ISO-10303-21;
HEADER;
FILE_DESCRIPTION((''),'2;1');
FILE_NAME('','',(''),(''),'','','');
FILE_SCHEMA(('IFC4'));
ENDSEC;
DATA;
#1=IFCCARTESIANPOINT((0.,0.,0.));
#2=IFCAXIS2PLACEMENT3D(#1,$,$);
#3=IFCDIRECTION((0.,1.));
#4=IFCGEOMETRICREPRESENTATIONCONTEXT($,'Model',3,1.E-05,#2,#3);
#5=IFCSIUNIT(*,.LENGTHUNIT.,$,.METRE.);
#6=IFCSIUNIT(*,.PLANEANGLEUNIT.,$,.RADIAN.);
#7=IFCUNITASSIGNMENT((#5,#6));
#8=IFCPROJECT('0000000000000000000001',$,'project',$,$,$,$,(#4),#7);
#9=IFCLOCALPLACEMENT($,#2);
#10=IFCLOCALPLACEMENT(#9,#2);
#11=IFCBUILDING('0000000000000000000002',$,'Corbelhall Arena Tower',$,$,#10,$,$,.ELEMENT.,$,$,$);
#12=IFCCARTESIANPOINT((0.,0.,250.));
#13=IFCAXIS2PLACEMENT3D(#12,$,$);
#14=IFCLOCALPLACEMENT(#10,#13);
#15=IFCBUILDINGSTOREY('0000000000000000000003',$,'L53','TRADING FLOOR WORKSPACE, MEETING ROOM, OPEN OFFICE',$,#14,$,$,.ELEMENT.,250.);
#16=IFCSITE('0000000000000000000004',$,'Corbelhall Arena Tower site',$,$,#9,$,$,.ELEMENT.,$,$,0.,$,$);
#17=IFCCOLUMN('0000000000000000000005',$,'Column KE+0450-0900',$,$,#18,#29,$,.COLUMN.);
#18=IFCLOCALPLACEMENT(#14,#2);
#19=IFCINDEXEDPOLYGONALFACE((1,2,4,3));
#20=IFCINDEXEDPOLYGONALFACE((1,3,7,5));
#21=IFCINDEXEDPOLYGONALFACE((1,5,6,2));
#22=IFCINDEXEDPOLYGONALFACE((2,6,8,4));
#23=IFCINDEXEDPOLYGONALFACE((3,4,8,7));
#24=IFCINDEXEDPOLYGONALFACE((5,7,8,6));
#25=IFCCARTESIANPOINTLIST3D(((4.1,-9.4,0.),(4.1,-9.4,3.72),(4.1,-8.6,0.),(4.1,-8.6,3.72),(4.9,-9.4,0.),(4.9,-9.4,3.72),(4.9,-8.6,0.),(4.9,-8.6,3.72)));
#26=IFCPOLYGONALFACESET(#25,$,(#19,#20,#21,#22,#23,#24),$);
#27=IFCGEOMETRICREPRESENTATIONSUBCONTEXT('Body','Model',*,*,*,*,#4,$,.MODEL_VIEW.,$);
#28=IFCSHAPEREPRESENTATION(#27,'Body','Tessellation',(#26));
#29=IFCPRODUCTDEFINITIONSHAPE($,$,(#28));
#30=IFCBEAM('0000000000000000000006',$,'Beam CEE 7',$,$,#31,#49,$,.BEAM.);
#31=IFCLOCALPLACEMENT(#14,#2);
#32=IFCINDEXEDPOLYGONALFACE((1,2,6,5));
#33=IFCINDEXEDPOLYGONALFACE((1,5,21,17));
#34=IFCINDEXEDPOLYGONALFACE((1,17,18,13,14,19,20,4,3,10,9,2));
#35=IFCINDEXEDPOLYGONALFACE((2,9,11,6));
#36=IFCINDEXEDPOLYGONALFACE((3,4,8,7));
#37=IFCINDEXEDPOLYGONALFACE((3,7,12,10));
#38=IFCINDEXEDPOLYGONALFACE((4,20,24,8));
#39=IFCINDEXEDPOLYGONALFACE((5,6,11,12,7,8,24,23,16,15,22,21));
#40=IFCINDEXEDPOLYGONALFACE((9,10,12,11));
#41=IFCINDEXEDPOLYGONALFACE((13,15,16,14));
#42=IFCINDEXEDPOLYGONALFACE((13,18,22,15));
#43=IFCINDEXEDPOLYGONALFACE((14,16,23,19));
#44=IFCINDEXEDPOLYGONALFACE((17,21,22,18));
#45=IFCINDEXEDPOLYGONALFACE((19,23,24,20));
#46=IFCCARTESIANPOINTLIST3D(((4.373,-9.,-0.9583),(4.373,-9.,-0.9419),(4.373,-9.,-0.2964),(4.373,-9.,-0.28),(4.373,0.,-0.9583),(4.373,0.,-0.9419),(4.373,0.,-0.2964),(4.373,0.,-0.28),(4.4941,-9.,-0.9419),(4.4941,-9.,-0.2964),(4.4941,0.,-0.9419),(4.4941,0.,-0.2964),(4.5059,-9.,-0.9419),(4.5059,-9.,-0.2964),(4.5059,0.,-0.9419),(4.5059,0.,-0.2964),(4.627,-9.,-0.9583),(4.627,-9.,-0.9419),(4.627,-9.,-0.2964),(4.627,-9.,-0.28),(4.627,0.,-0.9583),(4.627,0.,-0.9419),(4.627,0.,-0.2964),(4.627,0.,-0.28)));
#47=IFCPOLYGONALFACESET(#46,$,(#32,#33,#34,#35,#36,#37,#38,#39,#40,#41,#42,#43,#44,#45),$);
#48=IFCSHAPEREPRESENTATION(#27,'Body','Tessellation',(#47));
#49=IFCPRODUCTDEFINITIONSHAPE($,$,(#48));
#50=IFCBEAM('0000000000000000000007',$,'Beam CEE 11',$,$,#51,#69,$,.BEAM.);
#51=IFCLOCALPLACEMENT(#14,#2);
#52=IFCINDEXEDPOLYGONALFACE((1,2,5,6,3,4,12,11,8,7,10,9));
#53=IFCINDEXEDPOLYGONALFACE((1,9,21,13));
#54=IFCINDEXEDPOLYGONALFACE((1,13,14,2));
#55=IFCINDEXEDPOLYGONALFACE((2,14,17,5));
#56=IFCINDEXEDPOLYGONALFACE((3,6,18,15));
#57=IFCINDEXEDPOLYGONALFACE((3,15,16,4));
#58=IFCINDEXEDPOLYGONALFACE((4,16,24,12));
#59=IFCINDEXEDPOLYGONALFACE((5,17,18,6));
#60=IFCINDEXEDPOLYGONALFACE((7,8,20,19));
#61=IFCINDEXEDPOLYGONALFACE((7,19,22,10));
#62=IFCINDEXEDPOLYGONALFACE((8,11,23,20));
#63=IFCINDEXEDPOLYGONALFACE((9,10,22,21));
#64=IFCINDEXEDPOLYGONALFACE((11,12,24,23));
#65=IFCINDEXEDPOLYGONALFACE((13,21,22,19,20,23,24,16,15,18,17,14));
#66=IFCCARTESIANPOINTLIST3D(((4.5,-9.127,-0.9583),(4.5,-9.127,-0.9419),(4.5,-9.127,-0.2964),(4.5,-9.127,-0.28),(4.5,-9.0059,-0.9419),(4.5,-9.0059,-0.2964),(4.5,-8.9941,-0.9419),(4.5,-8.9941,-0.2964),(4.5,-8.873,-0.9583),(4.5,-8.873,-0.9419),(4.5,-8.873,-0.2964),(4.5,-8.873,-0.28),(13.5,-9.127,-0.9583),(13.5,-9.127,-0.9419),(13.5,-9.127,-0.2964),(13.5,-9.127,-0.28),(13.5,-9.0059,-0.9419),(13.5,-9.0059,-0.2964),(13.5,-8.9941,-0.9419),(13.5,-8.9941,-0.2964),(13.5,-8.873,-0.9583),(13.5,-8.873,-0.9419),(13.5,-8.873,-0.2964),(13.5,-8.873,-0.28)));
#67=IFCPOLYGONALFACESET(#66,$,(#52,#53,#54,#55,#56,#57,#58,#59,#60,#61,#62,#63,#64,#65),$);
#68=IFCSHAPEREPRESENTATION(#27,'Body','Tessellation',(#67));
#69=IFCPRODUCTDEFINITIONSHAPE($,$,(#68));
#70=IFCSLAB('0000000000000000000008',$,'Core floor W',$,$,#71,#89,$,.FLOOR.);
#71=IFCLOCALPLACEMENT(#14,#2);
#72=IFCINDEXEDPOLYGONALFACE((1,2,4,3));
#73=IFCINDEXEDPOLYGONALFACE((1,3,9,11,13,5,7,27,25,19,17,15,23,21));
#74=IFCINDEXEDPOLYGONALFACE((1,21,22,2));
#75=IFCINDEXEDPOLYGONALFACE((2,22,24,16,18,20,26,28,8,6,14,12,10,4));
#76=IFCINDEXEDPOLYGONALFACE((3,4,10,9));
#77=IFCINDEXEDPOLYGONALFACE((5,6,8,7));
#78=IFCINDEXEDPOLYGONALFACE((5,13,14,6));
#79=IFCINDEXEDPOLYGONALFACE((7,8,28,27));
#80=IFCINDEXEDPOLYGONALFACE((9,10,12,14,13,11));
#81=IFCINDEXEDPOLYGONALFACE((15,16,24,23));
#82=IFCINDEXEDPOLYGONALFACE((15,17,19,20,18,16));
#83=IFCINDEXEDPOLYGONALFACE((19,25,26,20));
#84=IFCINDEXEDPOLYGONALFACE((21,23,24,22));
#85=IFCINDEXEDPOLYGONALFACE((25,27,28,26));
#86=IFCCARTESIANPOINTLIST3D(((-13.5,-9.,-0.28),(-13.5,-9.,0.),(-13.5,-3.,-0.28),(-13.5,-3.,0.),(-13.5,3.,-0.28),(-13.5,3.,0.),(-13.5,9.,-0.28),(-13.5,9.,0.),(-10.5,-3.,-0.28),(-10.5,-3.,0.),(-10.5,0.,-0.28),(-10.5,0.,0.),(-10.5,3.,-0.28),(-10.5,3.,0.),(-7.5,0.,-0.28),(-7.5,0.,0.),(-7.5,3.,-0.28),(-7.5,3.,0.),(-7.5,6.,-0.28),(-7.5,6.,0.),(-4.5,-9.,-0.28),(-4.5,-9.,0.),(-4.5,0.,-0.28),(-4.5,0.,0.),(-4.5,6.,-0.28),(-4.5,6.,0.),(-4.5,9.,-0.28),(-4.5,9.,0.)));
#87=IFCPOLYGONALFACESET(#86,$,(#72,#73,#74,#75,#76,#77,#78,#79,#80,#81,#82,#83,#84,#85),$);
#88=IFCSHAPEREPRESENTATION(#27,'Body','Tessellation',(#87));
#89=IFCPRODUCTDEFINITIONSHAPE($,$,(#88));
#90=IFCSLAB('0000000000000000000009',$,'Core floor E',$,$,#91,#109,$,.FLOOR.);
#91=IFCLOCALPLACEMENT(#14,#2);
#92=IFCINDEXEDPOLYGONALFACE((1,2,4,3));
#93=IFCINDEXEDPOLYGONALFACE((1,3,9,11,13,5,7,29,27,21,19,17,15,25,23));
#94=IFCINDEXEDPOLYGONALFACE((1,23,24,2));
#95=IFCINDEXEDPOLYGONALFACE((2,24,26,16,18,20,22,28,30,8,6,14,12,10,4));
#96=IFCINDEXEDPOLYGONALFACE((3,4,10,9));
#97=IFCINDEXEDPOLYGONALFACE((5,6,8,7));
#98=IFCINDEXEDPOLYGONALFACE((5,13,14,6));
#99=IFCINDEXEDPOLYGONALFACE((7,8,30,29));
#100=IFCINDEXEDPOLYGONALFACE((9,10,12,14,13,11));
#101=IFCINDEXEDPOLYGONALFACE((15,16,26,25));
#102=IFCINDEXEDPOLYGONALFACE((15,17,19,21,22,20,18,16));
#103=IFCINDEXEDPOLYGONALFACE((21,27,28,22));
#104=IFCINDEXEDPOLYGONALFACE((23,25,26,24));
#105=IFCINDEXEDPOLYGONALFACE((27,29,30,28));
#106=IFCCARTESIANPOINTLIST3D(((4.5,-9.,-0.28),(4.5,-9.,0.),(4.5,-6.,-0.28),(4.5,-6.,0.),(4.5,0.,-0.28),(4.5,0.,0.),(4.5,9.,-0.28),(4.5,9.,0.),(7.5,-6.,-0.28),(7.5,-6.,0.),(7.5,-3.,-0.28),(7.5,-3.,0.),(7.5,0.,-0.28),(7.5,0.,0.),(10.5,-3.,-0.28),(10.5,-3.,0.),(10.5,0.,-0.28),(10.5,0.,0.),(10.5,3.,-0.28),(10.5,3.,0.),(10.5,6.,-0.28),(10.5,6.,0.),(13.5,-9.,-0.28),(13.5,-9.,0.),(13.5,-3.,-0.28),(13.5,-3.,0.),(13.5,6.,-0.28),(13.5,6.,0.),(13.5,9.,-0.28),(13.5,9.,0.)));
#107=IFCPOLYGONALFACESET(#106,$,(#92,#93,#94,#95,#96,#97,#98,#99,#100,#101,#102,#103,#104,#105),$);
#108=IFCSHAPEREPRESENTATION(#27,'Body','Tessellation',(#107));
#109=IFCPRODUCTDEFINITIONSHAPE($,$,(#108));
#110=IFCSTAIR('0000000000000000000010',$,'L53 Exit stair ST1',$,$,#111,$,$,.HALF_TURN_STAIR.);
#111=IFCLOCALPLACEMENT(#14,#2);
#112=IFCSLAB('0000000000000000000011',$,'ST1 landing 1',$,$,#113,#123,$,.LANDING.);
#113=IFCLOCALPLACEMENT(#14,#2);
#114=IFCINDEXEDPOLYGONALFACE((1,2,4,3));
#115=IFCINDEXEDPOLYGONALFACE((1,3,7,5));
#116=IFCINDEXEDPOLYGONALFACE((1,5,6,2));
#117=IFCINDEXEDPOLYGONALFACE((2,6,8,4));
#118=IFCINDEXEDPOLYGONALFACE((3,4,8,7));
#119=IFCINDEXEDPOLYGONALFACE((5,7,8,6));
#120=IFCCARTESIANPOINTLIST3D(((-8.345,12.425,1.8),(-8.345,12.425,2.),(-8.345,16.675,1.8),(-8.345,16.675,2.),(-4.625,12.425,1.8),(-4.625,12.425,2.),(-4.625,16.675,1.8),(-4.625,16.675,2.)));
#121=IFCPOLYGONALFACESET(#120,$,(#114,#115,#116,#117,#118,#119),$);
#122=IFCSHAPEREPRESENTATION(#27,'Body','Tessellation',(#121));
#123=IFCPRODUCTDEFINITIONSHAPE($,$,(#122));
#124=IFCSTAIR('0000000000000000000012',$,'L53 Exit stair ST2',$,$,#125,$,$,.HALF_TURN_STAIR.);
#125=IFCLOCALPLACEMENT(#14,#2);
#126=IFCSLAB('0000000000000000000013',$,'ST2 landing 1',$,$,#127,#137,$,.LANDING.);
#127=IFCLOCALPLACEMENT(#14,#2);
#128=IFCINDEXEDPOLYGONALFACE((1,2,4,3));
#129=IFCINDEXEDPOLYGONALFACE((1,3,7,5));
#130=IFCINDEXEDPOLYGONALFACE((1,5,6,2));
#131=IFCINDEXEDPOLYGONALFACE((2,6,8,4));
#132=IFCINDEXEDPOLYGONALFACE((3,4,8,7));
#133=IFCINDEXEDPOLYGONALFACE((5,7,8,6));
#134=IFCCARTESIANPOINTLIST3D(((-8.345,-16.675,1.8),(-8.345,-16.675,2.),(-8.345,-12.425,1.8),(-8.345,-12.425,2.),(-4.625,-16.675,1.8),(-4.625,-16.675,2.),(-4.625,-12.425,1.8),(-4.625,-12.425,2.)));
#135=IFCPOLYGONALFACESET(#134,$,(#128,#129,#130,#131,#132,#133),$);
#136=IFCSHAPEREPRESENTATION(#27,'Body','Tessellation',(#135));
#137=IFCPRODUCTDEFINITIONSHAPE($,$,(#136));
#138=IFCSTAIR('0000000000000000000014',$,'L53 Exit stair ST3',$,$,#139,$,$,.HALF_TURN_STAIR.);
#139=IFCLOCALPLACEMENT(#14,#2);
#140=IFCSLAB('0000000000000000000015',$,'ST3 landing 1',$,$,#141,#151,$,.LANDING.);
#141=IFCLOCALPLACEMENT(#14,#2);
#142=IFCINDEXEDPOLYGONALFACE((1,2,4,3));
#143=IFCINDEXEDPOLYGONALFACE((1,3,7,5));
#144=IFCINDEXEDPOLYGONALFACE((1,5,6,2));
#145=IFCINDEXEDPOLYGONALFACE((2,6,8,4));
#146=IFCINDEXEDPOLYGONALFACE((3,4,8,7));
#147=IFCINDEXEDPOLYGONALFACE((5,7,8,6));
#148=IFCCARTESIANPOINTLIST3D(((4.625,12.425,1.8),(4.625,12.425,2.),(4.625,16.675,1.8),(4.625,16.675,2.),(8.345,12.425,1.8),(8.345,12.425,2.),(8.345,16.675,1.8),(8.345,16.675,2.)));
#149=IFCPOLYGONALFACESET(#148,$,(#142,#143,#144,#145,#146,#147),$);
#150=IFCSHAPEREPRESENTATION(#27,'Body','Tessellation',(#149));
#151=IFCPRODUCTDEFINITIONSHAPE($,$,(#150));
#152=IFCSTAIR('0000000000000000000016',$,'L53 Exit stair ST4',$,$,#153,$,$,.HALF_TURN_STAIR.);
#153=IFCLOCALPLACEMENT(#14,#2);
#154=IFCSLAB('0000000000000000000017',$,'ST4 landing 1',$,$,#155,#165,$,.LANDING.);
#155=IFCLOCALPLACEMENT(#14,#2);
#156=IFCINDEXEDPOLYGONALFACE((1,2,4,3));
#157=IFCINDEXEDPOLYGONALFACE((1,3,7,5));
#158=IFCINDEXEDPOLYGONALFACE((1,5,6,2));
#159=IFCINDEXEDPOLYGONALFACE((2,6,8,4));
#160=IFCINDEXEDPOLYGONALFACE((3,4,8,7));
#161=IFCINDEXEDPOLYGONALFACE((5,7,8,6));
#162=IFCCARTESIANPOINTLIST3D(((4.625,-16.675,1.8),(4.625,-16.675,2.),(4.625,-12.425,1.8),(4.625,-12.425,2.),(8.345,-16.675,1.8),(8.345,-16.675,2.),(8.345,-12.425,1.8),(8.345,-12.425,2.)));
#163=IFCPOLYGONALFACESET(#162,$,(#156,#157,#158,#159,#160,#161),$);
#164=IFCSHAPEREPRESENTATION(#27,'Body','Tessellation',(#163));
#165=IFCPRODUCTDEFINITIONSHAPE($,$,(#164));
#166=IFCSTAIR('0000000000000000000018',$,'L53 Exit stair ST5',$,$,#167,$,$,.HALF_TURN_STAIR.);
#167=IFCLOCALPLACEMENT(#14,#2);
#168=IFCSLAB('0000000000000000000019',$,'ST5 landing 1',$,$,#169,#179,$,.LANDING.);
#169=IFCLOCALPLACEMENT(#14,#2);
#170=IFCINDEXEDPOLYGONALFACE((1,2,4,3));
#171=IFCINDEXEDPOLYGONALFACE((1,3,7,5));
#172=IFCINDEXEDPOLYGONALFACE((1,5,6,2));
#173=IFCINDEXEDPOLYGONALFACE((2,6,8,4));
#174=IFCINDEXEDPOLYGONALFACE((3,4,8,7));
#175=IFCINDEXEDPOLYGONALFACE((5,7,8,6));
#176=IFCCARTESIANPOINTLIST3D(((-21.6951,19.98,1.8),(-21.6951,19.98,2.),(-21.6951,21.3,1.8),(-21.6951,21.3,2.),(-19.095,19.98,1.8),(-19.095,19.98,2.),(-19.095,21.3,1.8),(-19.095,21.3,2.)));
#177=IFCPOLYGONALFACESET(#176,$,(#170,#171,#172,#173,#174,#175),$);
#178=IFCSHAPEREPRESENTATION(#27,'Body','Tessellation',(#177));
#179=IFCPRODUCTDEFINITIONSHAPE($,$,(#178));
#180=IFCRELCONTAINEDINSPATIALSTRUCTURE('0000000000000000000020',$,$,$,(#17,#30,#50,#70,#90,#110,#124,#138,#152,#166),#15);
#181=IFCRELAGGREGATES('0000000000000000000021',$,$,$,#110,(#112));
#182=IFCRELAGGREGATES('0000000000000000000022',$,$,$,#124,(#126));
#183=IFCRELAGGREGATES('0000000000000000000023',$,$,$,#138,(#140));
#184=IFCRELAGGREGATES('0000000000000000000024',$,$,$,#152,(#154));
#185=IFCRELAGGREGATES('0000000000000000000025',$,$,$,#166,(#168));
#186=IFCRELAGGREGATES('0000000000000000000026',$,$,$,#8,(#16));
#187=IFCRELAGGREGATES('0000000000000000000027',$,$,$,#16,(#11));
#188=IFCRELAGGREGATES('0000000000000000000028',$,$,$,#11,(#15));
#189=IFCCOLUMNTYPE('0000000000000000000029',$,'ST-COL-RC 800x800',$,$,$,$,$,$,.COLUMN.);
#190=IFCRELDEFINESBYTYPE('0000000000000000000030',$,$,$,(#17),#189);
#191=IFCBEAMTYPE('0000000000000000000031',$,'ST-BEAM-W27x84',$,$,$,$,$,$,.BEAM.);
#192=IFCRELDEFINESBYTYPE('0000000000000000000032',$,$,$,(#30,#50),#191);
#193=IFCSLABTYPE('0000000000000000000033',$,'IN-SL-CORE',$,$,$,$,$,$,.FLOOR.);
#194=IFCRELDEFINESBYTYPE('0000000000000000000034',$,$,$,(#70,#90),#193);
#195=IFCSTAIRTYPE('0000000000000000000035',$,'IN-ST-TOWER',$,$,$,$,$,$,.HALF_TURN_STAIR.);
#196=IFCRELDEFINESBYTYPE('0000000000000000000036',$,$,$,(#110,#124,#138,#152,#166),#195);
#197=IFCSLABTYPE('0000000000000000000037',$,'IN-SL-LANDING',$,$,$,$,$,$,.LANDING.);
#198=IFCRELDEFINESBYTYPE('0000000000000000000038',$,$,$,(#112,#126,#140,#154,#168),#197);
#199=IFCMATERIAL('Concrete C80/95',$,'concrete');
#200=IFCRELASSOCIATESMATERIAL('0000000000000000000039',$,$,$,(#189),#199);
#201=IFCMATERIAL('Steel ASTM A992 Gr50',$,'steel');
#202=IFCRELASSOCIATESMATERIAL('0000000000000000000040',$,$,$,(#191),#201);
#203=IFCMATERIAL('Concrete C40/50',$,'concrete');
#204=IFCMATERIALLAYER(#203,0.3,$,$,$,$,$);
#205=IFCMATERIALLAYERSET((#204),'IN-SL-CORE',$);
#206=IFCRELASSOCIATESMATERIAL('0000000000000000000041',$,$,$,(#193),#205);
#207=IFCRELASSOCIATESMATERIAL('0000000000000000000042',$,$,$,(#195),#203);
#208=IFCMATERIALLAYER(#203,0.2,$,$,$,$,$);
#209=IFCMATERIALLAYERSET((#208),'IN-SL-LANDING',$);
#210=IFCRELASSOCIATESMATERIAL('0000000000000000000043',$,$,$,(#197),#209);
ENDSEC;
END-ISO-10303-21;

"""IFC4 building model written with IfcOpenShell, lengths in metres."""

from ifc_helpers import new_model, si_unit, direction, frame, origin, origin_2d, place, context, subcontext, project, spatial, polyline, rectangle, i_section, outline, extrude, material, layer, layer_set, material_profile, profile_set, type_object, element, aggregate, save


model = new_model("IFC4")

# Units and contexts
model_context = context("Model", 3, precision=1e-05, world=origin(), true_north=direction((0.0, 1.0)))
body_context = subcontext(model_context, "Body", "Model", "MODEL_VIEW")
ifc_project = project(units=[si_unit("LENGTHUNIT", "METRE"), si_unit("PLANEANGLEUNIT", "RADIAN")], contexts=[model_context])

# Site, building, storey
site_placement = place(None, origin())
site = spatial("IfcSite", under=ifc_project, at=site_placement, Name="Corbelhall Arena Tower site", CompositionType="ELEMENT", RefElevation=0.0)
building_placement = place(site_placement, origin())
building = spatial("IfcBuilding", under=site, at=building_placement, Name="Corbelhall Arena Tower", CompositionType="ELEMENT")
storey_placement = place(building_placement, frame((0.0, 0.0, 250.0)))
storey = spatial("IfcBuildingStorey", under=building, at=storey_placement, Name="L53", Description="TRADING FLOOR WORKSPACE, MEETING ROOM, OPEN OFFICE", CompositionType="ELEMENT", Elevation=250.0)

# Column
ifc_material_1 = material(Name="Concrete C80/95", Category="concrete")
ifc_material_profile_1 = material_profile(ifc_material_1, rectangle(XDim=0.8, YDim=0.8, at=origin_2d()))
ifc_profile_set_1 = profile_set([ifc_material_profile_1], Name="Concrete C80/95")
column_type = type_object("IfcColumnType", Name="ST-COL-RC 800x800", PredefinedType="COLUMN", material=ifc_profile_set_1)
column_placement = place(storey_placement, frame((4.5, -9.0, 0.0), z_axis=(0.0, 0.0, 1.0), x_axis=(1.0, 0.0, 0.0)))
element("IfcColumn", 1, at=column_placement, inside=storey, type_object=column_type, Name="Column KE+0450-0900", PredefinedType="COLUMN", context=body_context, shape_type="SweptSolid", body=[
    extrude(rectangle(XDim=0.8, YDim=0.8, at=origin_2d()), origin(), (0.0, 0.0, 1.0), 3.72),
])

# Beams
ifc_material_2 = material(Name="Steel ASTM A992 Gr50", Category="steel")
ifc_material_profile_2 = material_profile(ifc_material_2, i_section(OverallWidth=0.2539, OverallDepth=0.6782, WebThickness=0.0117, FlangeThickness=0.0164, at=origin_2d()))
ifc_profile_set_2 = profile_set([ifc_material_profile_2], Name="Steel ASTM A992 Gr50")
beam_type = type_object("IfcBeamType", Name="ST-BEAM-W27x84", PredefinedType="BEAM", material=ifc_profile_set_2)
for number, where, z_axis, x_axis, name in (
    (2, (4.5, -9.0, -0.6191), (0.0, 1.0, 0.0), (-1.0, 0.0, 0.0), "Beam CEE 7"),
    (3, (4.5, -9.0, -0.6191), (1.0, 0.0, 0.0), (0.0, 1.0, 0.0), "Beam CEE 11"),
):
    element("IfcBeam", number, at=place(storey_placement, frame(where, z_axis=z_axis, x_axis=x_axis)), inside=storey, type_object=beam_type, Name=name, PredefinedType="BEAM", context=body_context, shape_type="SweptSolid", body=[
        extrude(i_section(OverallWidth=0.2539, OverallDepth=0.6782, WebThickness=0.0117, FlangeThickness=0.0164, at=origin_2d()), origin(), (0.0, 0.0, 1.0), 9.0),
    ])

# Slabs
ifc_material_3 = material(Name="Concrete C40/50", Category="concrete")
ifc_layer_1 = layer(ifc_material_3, 0.3)
ifc_layer_set_1 = layer_set([ifc_layer_1], Name="IN-SL-CORE")
slab_type_1 = type_object("IfcSlabType", Name="IN-SL-CORE", PredefinedType="FLOOR", material=ifc_layer_set_1)
slab_1_placement = place(storey_placement, frame((0.0, 0.0, -0.28)))
element("IfcSlab", 4, at=slab_1_placement, inside=storey, type_object=slab_type_1, Name="Core floor W", PredefinedType="FLOOR", context=body_context, shape_type="SweptSolid", body=[
    extrude(outline(polyline([(-10.5, -3.0), (-13.5, -3.0), (-13.5, -9.0), (-4.5, -9.0), (-4.5, 0.0), (-7.5, 0.0), (-7.5, 3.0), (-7.5, 6.0), (-4.5, 6.0), (-4.5, 9.0), (-13.5, 9.0), (-13.5, 3.0), (-10.5, 3.0), (-10.5, 0.0), (-10.5, -3.0)])), origin(), (0.0, 0.0, 1.0), 0.28),
])
slab_2_placement = place(storey_placement, frame((0.0, 0.0, -0.28)))
element("IfcSlab", 5, at=slab_2_placement, inside=storey, type_object=slab_type_1, Name="Core floor E", PredefinedType="FLOOR", context=body_context, shape_type="SweptSolid", body=[
    extrude(outline(polyline([(13.5, -3.0), (10.5, -3.0), (10.5, 0.0), (10.5, 3.0), (10.5, 6.0), (13.5, 6.0), (13.5, 9.0), (4.5, 9.0), (4.5, 0.0), (7.5, 0.0), (7.5, -3.0), (7.5, -6.0), (4.5, -6.0), (4.5, -9.0), (13.5, -9.0), (13.5, -3.0)])), origin(), (0.0, 0.0, 1.0), 0.28),
])

# Stairs, slabs
stair_type = type_object("IfcStairType", Name="IN-ST-TOWER", PredefinedType="HALF_TURN_STAIR", material=ifc_material_3)
stair_1_placement = place(storey_placement, origin())
stair_1 = element("IfcStair", 6, at=stair_1_placement, inside=storey, type_object=stair_type, Name="L53 Exit stair ST1", PredefinedType="HALF_TURN_STAIR")
ifc_layer_2 = layer(ifc_material_3, 0.2)
ifc_layer_set_2 = layer_set([ifc_layer_2], Name="IN-SL-LANDING")
slab_type_2 = type_object("IfcSlabType", Name="IN-SL-LANDING", PredefinedType="LANDING", material=ifc_layer_set_2)
slab_3_placement = place(storey_placement, frame((0.0, 0.0, 1.8)))
slab_3 = element("IfcSlab", 7, at=slab_3_placement, type_object=slab_type_2, Name="ST1 landing 1", PredefinedType="LANDING", context=body_context, shape_type="SweptSolid", body=[
    extrude(outline(polyline([(-8.345, 12.425), (-4.625, 12.425), (-4.625, 16.675), (-8.345, 16.675), (-8.345, 12.425)])), origin(), (0.0, 0.0, 1.0), 0.2),
])
aggregate(stair_1, [slab_3])
stair_2_placement = place(storey_placement, origin())
stair_2 = element("IfcStair", 8, at=stair_2_placement, inside=storey, type_object=stair_type, Name="L53 Exit stair ST2", PredefinedType="HALF_TURN_STAIR")
slab_4_placement = place(storey_placement, frame((0.0, 0.0, 1.8)))
slab_4 = element("IfcSlab", 9, at=slab_4_placement, type_object=slab_type_2, Name="ST2 landing 1", PredefinedType="LANDING", context=body_context, shape_type="SweptSolid", body=[
    extrude(outline(polyline([(-8.345, -16.675), (-4.625, -16.675), (-4.625, -12.425), (-8.345, -12.425), (-8.345, -16.675)])), origin(), (0.0, 0.0, 1.0), 0.2),
])
aggregate(stair_2, [slab_4])
stair_3_placement = place(storey_placement, origin())
stair_3 = element("IfcStair", 10, at=stair_3_placement, inside=storey, type_object=stair_type, Name="L53 Exit stair ST3", PredefinedType="HALF_TURN_STAIR")
slab_5_placement = place(storey_placement, frame((0.0, 0.0, 1.8)))
slab_5 = element("IfcSlab", 11, at=slab_5_placement, type_object=slab_type_2, Name="ST3 landing 1", PredefinedType="LANDING", context=body_context, shape_type="SweptSolid", body=[
    extrude(outline(polyline([(8.345, 16.675), (4.625, 16.675), (4.625, 12.425), (8.345, 12.425), (8.345, 16.675)])), origin(), (0.0, 0.0, 1.0), 0.2),
])
aggregate(stair_3, [slab_5])
stair_4_placement = place(storey_placement, origin())
stair_4 = element("IfcStair", 12, at=stair_4_placement, inside=storey, type_object=stair_type, Name="L53 Exit stair ST4", PredefinedType="HALF_TURN_STAIR")
slab_6_placement = place(storey_placement, frame((0.0, 0.0, 1.8)))
slab_6 = element("IfcSlab", 13, at=slab_6_placement, type_object=slab_type_2, Name="ST4 landing 1", PredefinedType="LANDING", context=body_context, shape_type="SweptSolid", body=[
    extrude(outline(polyline([(8.345, -12.425), (4.625, -12.425), (4.625, -16.675), (8.345, -16.675), (8.345, -12.425)])), origin(), (0.0, 0.0, 1.0), 0.2),
])
aggregate(stair_4, [slab_6])
stair_5_placement = place(storey_placement, origin())
stair_5 = element("IfcStair", 14, at=stair_5_placement, inside=storey, type_object=stair_type, Name="L53 Exit stair ST5", PredefinedType="HALF_TURN_STAIR")
slab_7_placement = place(storey_placement, frame((0.0, 0.0, 1.8)))
slab_7 = element("IfcSlab", 15, at=slab_7_placement, type_object=slab_type_2, Name="ST5 landing 1", PredefinedType="LANDING", context=body_context, shape_type="SweptSolid", body=[
    extrude(outline(polyline([(-19.095, 19.98), (-19.095, 21.3), (-21.6951, 21.3), (-21.6951, 19.98), (-19.095, 19.98)])), origin(), (0.0, 0.0, 1.0), 0.2),
])
aggregate(stair_5, [slab_7])

save(model, "model.ifc")
